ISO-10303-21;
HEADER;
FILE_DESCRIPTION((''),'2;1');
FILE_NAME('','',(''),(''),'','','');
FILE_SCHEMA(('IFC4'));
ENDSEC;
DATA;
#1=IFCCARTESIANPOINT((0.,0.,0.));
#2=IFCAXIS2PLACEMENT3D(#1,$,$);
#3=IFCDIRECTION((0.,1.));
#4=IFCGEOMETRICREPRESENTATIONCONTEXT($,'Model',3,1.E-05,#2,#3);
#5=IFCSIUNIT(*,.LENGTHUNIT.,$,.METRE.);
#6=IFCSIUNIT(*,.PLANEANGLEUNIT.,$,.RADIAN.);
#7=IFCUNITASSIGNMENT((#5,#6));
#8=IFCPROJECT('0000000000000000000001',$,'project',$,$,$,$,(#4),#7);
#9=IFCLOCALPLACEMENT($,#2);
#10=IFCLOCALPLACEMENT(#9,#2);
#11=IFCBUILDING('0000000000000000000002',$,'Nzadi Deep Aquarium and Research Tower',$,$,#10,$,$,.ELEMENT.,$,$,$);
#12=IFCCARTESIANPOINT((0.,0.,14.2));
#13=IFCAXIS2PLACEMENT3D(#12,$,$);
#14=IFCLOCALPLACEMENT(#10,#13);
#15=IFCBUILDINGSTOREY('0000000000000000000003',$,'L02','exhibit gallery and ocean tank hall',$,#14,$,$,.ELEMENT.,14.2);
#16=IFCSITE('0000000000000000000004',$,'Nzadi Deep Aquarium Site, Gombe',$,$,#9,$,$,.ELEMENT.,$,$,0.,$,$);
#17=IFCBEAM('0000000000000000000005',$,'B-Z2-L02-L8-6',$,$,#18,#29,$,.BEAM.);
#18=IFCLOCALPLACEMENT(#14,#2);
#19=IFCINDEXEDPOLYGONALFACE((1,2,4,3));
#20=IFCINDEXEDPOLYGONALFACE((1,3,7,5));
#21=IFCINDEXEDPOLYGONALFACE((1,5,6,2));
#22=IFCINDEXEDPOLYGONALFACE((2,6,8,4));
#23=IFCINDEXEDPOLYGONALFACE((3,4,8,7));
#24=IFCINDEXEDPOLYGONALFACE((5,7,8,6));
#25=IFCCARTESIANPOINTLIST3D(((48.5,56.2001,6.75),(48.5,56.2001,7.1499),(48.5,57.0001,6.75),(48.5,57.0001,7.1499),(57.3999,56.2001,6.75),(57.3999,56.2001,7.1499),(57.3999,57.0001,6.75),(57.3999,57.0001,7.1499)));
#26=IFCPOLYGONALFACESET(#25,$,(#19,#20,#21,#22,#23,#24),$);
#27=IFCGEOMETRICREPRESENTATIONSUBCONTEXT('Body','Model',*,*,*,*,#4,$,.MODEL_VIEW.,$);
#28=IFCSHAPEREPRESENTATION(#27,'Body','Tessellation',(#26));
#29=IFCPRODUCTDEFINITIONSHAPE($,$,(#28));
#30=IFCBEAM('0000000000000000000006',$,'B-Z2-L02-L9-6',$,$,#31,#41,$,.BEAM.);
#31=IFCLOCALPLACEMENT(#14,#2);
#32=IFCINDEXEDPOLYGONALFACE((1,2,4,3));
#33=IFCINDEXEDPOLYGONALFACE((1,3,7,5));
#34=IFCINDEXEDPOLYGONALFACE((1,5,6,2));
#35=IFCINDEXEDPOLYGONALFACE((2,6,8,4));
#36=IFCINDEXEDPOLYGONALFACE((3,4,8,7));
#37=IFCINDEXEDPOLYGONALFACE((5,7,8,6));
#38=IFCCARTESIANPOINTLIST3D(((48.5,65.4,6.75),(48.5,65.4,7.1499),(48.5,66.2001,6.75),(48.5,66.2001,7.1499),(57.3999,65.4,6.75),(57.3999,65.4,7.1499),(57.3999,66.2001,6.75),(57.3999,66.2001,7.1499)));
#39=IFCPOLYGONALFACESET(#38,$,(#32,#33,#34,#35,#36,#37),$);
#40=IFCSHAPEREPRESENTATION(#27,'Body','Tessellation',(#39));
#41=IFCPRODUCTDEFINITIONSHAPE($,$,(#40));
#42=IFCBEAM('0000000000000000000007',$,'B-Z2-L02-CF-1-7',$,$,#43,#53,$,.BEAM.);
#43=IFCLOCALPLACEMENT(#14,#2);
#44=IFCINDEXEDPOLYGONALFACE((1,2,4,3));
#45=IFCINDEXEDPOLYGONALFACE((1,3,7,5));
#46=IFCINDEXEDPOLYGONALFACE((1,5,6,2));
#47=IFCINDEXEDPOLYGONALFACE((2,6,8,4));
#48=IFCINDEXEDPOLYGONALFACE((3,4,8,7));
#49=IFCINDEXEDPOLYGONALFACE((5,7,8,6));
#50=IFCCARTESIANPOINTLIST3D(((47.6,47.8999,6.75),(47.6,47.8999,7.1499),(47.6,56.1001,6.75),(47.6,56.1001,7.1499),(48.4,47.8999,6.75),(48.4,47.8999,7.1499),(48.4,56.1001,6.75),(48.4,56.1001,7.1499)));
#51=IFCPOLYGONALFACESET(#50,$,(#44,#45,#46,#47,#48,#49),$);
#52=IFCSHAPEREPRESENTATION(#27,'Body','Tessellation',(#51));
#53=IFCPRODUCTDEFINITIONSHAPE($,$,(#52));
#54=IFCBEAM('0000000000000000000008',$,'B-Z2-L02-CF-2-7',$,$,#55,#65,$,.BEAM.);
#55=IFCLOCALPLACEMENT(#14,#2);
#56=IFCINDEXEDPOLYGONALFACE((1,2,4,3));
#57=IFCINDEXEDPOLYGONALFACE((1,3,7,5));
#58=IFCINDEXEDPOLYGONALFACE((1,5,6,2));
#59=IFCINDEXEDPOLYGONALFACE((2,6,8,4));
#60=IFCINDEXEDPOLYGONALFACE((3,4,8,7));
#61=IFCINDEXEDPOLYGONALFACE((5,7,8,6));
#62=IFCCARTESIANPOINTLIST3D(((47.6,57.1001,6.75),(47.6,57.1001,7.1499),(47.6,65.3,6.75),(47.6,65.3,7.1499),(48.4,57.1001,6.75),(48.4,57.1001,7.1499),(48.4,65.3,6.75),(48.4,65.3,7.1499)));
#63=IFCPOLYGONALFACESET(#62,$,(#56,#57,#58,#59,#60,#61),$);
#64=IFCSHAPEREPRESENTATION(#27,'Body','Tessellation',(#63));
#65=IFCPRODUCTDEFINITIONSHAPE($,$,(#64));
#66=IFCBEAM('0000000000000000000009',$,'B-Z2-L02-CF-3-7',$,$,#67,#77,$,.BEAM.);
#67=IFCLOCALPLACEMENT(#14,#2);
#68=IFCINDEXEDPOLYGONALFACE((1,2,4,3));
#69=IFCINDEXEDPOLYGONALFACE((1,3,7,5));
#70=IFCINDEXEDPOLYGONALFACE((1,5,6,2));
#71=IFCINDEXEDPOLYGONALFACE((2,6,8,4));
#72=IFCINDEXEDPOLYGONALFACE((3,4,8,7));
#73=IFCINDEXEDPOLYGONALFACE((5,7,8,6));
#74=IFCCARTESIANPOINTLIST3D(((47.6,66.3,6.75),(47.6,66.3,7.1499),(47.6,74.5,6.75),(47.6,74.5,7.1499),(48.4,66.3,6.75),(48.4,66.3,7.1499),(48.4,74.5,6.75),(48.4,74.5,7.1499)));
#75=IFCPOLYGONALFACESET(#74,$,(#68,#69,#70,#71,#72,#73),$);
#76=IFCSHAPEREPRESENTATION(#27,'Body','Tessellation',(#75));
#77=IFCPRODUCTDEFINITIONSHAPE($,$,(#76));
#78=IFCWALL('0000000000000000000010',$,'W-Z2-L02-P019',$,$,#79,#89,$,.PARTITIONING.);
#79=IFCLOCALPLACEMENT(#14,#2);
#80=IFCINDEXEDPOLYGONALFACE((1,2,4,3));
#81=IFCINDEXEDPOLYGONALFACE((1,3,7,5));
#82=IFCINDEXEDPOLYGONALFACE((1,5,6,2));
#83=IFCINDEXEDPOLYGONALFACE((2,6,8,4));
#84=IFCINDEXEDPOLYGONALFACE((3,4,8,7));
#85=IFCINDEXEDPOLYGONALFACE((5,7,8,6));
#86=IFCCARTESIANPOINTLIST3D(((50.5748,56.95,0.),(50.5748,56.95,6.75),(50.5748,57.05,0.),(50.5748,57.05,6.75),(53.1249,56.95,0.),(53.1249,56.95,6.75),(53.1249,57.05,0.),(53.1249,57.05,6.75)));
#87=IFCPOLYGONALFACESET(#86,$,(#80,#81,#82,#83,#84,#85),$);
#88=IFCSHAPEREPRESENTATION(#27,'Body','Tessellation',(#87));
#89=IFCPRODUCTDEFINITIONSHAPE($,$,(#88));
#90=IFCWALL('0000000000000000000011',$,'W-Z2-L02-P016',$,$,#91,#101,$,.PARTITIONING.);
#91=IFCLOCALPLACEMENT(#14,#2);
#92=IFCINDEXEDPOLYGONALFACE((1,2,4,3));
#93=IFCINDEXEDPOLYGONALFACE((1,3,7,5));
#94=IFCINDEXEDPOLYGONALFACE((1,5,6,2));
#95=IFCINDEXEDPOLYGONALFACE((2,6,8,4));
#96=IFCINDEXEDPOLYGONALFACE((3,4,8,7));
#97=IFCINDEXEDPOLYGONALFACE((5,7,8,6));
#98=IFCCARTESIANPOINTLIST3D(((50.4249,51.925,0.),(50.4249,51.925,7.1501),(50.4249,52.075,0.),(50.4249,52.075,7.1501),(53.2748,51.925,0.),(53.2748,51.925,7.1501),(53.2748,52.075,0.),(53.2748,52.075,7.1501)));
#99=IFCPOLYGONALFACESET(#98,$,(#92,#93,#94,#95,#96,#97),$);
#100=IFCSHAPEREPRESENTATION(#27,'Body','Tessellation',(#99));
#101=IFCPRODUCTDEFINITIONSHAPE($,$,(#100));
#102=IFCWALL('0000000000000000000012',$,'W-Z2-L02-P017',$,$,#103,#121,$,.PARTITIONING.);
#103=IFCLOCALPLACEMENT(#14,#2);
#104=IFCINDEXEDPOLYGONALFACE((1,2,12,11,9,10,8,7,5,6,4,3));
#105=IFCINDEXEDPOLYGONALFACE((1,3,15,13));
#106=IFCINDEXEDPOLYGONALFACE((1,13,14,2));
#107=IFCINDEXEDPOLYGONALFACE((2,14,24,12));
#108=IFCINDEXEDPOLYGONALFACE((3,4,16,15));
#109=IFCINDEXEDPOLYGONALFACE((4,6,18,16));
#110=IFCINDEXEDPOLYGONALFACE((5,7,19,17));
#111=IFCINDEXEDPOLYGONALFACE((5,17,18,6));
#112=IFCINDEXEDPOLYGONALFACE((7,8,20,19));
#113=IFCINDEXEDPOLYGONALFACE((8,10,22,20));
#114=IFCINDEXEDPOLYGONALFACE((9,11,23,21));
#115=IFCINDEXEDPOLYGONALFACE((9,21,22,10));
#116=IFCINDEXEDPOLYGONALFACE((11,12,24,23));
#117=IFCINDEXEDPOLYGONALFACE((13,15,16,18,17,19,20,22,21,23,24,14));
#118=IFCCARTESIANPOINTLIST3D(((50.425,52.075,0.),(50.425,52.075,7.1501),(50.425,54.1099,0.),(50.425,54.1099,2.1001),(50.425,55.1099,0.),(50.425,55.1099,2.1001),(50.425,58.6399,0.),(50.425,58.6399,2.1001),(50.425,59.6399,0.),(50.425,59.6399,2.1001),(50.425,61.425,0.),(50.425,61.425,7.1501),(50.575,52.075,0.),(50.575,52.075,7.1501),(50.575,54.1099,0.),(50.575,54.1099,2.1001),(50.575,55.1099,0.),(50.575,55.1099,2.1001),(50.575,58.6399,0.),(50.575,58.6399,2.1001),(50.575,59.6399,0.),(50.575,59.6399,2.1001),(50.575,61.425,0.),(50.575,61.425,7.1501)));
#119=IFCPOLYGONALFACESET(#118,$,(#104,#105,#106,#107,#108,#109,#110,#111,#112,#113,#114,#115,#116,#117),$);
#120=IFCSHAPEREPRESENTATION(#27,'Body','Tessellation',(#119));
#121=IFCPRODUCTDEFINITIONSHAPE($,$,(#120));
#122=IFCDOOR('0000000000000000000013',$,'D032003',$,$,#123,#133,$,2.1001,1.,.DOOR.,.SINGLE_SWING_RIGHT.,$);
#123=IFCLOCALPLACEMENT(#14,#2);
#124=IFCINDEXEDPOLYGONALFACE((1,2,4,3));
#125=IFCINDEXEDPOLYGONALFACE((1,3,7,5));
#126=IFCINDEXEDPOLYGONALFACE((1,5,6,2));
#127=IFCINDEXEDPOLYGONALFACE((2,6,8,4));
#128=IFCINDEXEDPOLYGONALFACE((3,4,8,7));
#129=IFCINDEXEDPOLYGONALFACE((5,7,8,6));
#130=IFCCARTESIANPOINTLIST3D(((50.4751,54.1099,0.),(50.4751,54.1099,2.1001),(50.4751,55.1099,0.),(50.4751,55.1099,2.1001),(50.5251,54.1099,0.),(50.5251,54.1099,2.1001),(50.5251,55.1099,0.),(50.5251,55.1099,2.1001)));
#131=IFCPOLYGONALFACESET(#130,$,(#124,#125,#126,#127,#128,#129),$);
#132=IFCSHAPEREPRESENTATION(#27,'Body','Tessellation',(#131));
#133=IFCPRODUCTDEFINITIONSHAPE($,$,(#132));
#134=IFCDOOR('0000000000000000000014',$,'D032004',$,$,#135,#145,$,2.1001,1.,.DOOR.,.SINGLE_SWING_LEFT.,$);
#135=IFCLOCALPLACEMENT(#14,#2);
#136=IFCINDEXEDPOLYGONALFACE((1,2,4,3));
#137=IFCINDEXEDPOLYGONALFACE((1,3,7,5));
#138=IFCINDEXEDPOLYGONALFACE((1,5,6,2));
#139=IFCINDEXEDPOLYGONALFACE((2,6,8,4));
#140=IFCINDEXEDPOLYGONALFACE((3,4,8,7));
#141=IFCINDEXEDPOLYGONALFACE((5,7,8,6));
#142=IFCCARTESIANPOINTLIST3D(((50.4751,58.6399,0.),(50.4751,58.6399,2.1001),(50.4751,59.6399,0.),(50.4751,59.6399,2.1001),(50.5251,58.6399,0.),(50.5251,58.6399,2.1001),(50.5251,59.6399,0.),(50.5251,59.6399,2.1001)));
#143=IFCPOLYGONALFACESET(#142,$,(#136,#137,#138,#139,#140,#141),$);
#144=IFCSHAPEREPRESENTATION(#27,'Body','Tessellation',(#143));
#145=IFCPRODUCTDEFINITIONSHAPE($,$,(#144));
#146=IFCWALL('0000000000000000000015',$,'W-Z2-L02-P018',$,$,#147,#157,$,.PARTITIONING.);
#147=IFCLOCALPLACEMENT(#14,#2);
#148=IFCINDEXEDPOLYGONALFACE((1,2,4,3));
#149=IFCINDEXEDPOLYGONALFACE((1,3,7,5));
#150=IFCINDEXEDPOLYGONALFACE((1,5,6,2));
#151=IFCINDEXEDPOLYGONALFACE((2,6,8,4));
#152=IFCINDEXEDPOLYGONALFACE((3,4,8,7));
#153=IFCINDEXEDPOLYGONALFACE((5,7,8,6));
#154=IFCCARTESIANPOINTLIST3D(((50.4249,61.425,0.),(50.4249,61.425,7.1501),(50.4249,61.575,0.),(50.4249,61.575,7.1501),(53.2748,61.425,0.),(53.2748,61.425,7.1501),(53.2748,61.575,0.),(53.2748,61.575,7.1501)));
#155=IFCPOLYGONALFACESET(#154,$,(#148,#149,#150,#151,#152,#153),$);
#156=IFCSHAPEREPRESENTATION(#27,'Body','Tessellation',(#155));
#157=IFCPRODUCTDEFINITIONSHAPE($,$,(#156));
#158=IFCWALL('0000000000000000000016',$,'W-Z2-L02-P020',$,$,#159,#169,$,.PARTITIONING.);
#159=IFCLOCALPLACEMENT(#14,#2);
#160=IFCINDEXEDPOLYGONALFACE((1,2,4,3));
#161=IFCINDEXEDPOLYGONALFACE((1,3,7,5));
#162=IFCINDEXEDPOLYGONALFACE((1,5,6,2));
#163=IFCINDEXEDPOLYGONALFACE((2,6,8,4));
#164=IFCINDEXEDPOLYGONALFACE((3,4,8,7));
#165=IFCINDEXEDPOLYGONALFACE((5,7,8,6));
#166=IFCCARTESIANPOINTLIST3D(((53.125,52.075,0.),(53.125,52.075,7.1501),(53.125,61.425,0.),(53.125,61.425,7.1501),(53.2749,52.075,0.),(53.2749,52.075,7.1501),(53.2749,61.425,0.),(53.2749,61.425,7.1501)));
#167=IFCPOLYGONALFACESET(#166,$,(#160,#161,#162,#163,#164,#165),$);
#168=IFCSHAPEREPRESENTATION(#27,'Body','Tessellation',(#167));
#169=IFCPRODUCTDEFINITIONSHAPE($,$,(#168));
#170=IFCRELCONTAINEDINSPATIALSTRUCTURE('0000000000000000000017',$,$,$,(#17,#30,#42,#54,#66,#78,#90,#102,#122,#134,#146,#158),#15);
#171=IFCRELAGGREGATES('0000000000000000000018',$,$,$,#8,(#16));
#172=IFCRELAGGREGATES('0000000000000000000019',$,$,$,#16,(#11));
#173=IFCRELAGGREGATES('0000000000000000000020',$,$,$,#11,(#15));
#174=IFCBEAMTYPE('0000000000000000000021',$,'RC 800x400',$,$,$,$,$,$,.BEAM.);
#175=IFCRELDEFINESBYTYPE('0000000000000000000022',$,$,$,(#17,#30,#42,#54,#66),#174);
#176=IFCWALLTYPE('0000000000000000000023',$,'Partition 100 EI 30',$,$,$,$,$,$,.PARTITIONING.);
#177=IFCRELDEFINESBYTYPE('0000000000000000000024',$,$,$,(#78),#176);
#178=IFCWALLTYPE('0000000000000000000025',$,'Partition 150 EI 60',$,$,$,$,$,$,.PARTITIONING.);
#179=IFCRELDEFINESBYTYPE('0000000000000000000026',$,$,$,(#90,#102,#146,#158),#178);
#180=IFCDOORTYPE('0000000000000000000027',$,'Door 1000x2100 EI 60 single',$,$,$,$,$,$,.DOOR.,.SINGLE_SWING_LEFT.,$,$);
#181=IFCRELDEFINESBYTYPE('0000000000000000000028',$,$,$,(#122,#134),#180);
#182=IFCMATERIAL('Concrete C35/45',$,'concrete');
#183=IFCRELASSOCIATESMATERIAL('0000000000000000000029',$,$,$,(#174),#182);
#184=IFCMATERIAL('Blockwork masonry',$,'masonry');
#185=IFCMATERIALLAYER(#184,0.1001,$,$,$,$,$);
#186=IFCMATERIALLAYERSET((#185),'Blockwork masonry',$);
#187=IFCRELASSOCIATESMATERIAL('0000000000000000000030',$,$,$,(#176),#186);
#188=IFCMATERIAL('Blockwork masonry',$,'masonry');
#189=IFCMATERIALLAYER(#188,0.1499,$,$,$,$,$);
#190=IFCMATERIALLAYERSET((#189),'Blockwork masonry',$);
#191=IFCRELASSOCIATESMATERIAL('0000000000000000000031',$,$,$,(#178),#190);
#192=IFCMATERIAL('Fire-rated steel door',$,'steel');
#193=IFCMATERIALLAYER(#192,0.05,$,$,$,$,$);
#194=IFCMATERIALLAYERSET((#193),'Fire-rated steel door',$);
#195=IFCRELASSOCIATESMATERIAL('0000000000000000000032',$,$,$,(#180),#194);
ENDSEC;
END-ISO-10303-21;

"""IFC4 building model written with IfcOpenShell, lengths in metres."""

from ifc_helpers import new_model, si_unit, direction, frame, frame_2d, origin, origin_2d, place, context, subcontext, project, spatial, rectangle, extrude, material, layer, layer_set, material_profile, profile_set, type_object, element, fill, save


model = new_model("IFC4")

# Units and contexts
model_context = context("Model", 3, precision=1e-05, world=origin(), true_north=direction((0.0, 1.0)))
body_context = subcontext(model_context, "Body", "Model", "MODEL_VIEW")
ifc_project = project(units=[si_unit("LENGTHUNIT", "METRE"), si_unit("PLANEANGLEUNIT", "RADIAN")], contexts=[model_context])

# Site, building, storey
site_placement = place(None, origin())
site = spatial("IfcSite", under=ifc_project, at=site_placement, Name="Nzadi Deep Aquarium Site, Gombe", CompositionType="ELEMENT", RefElevation=0.0)
building_placement = place(site_placement, origin())
building = spatial("IfcBuilding", under=site, at=building_placement, Name="Nzadi Deep Aquarium and Research Tower", CompositionType="ELEMENT")
storey_placement = place(building_placement, frame((0.0, 0.0, 14.2)))
storey = spatial("IfcBuildingStorey", under=building, at=storey_placement, Name="L02", Description="exhibit gallery and ocean tank hall", CompositionType="ELEMENT", Elevation=14.2)

# Beams
ifc_material_1 = material(Name="Concrete C35/45", Category="concrete")
ifc_material_profile_1 = material_profile(ifc_material_1, rectangle(XDim=0.8, YDim=0.3999, at=origin_2d()))
ifc_profile_set_1 = profile_set([ifc_material_profile_1], Name="Concrete C35/45")
beam_type_1 = type_object("IfcBeamType", Name="RC 800x400", PredefinedType="BEAM", material=ifc_profile_set_1)
for number, where, z_axis, x_axis, name in (
    (1, (48.5, 56.6001, 6.95), (1.0, 0.0, 0.0), (0.0, 1.0, 0.0), "B-Z2-L02-L8-6"),
    (2, (48.5, 65.8, 6.95), (1.0, 0.0, 0.0), (0.0, 1.0, 0.0), "B-Z2-L02-L9-6"),
):
    element("IfcBeam", number, at=place(storey_placement, frame(where, z_axis=z_axis, x_axis=x_axis)), inside=storey, type_object=beam_type_1, Name=name, PredefinedType="BEAM", context=body_context, shape_type="SweptSolid", body=[
        extrude(rectangle(XDim=0.8, YDim=0.3999, at=origin_2d()), origin(), (0.0, 0.0, 1.0), 8.8999),
    ])
beam_1_placement = place(storey_placement, frame((48.0, 47.8999, 6.95), z_axis=(0.0, 1.0, 0.0), x_axis=(-1.0, 0.0, 0.0)))
element("IfcBeam", 3, at=beam_1_placement, inside=storey, type_object=beam_type_1, Name="B-Z2-L02-CF-1-7", PredefinedType="BEAM", context=body_context, shape_type="SweptSolid", body=[
    extrude(rectangle(XDim=0.8, YDim=0.3999, at=origin_2d()), origin(), (0.0, 0.0, 1.0), 8.2002),
])
for number, where, z_axis, x_axis, name in (
    (4, (48.0, 57.1001, 6.95), (0.0, 1.0, 0.0), (-1.0, 0.0, 0.0), "B-Z2-L02-CF-2-7"),
    (5, (48.0, 66.3, 6.95), (0.0, 1.0, 0.0), (-1.0, 0.0, 0.0), "B-Z2-L02-CF-3-7"),
):
    element("IfcBeam", number, at=place(storey_placement, frame(where, z_axis=z_axis, x_axis=x_axis)), inside=storey, type_object=beam_type_1, Name=name, PredefinedType="BEAM", context=body_context, shape_type="SweptSolid", body=[
        extrude(rectangle(XDim=0.8, YDim=0.3999, at=origin_2d()), origin(), (0.0, 0.0, 1.0), 8.2),
    ])

# Walls
ifc_material_2 = material(Name="Blockwork masonry", Category="masonry")
ifc_layer_1 = layer(ifc_material_2, 0.1001)
ifc_layer_set_1 = layer_set([ifc_layer_1], Name="Blockwork masonry")
wall_type_1 = type_object("IfcWallType", Name="Partition 100 EI 30", PredefinedType="PARTITIONING", material=ifc_layer_set_1)
wall_1_placement = place(storey_placement, frame((50.575, 57.0, 0.0), z_axis=(0.0, 0.0, 1.0), x_axis=(1.0, 0.0, 0.0)))
element("IfcWall", 6, at=wall_1_placement, inside=storey, type_object=wall_type_1, Name="W-Z2-L02-P019", PredefinedType="PARTITIONING", context=body_context, shape_type="SweptSolid", body=[
    extrude(rectangle(XDim=2.55, YDim=0.1001, at=frame_2d((1.2749, 0.0))), origin(), (0.0, 0.0, 1.0), 6.75),
])
ifc_material_3 = material(Name="Blockwork masonry", Category="masonry")
ifc_layer_2 = layer(ifc_material_3, 0.1499)
ifc_layer_set_2 = layer_set([ifc_layer_2], Name="Blockwork masonry")
wall_type_2 = type_object("IfcWallType", Name="Partition 150 EI 60", PredefinedType="PARTITIONING", material=ifc_layer_set_2)
wall_2_placement = place(storey_placement, frame((50.425, 52.0, 0.0), z_axis=(0.0, 0.0, 1.0), x_axis=(1.0, 0.0, 0.0)))
element("IfcWall", 7, at=wall_2_placement, inside=storey, type_object=wall_type_2, Name="W-Z2-L02-P016", PredefinedType="PARTITIONING", context=body_context, shape_type="SweptSolid", body=[
    extrude(rectangle(XDim=2.8499, YDim=0.1499, at=frame_2d((1.4248, 0.0))), origin(), (0.0, 0.0, 1.0), 7.1501),
])

# Wall, openings, doors
wall_3_placement = place(storey_placement, frame((50.5, 52.075, 0.0), z_axis=(0.0, 0.0, 1.0), x_axis=(0.0, 1.0, 0.0)))
wall_3 = element("IfcWall", 8, at=wall_3_placement, inside=storey, type_object=wall_type_2, Name="W-Z2-L02-P017", PredefinedType="PARTITIONING", context=body_context, shape_type="SweptSolid", body=[
    extrude(rectangle(XDim=9.3501, YDim=0.1499, at=frame_2d((4.675, 0.0))), origin(), (0.0, 0.0, 1.0), 7.1501),
])
opening_1_placement = place(wall_3_placement, frame((2.0349, 0.0, 0.0)))
opening_1 = element("IfcOpeningElement", 9, at=opening_1_placement, cuts=wall_3, PredefinedType="OPENING", context=body_context, shape_type="SweptSolid", body=[
    extrude(rectangle(XDim=1.0, YDim=2.1001, at=frame_2d((0.5, 1.05))), frame((0.0, 0.085, 0.0), z_axis=(0.0, -1.0, 0.0), x_axis=(1.0, 0.0, 0.0)), (0.0, 0.0, 1.0), 0.1699),
])
opening_2_placement = place(wall_3_placement, frame((6.5649, 0.0, 0.0)))
opening_2 = element("IfcOpeningElement", 10, at=opening_2_placement, cuts=wall_3, PredefinedType="OPENING", context=body_context, shape_type="SweptSolid", body=[
    extrude(rectangle(XDim=1.0, YDim=2.1001, at=frame_2d((0.5, 1.05))), frame((0.0, 0.085, 0.0), z_axis=(0.0, -1.0, 0.0), x_axis=(1.0, 0.0, 0.0)), (0.0, 0.0, 1.0), 0.1699),
])
ifc_material_4 = material(Name="Fire-rated steel door", Category="steel")
ifc_layer_3 = layer(ifc_material_4, 0.05)
ifc_layer_set_3 = layer_set([ifc_layer_3], Name="Fire-rated steel door")
door_type_1 = type_object("IfcDoorType", Name="Door 1000x2100 EI 60 single", OperationType="SINGLE_SWING_LEFT", PredefinedType="DOOR", material=ifc_layer_set_3)
door_1_placement = place(opening_1_placement, origin())
door_1 = element("IfcDoor", 11, at=door_1_placement, inside=storey, type_object=door_type_1, Name="D032003", OperationType="SINGLE_SWING_RIGHT", OverallHeight=2.1001, OverallWidth=1.0, PredefinedType="DOOR", context=body_context, shape_type="SweptSolid", body=[
    extrude(rectangle(XDim=1.0, YDim=2.1001, at=frame_2d((0.5, 1.05))), frame((0.0, 0.0249, 0.0), z_axis=(0.0, -1.0, 0.0), x_axis=(1.0, 0.0, 0.0)), (0.0, 0.0, 1.0), 0.05),
])
fill(opening_1, door_1)
door_2_placement = place(opening_2_placement, origin())
door_2 = element("IfcDoor", 12, at=door_2_placement, inside=storey, type_object=door_type_1, Name="D032004", OperationType="SINGLE_SWING_LEFT", OverallHeight=2.1001, OverallWidth=1.0, PredefinedType="DOOR", context=body_context, shape_type="SweptSolid", body=[
    extrude(rectangle(XDim=1.0, YDim=2.1001, at=frame_2d((0.5, 1.05))), frame((0.0, 0.0249, 0.0), z_axis=(0.0, -1.0, 0.0), x_axis=(1.0, 0.0, 0.0)), (0.0, 0.0, 1.0), 0.05),
])
fill(opening_2, door_2)

# Walls
wall_4_placement = place(storey_placement, frame((50.425, 61.5, 0.0), z_axis=(0.0, 0.0, 1.0), x_axis=(1.0, 0.0, 0.0)))
element("IfcWall", 13, at=wall_4_placement, inside=storey, type_object=wall_type_2, Name="W-Z2-L02-P018", PredefinedType="PARTITIONING", context=body_context, shape_type="SweptSolid", body=[
    extrude(rectangle(XDim=2.8499, YDim=0.1499, at=frame_2d((1.4248, 0.0))), origin(), (0.0, 0.0, 1.0), 7.1501),
])
wall_5_placement = place(storey_placement, frame((53.2, 52.075, 0.0), z_axis=(0.0, 0.0, 1.0), x_axis=(0.0, 1.0, 0.0)))
element("IfcWall", 14, at=wall_5_placement, inside=storey, type_object=wall_type_2, Name="W-Z2-L02-P020", PredefinedType="PARTITIONING", context=body_context, shape_type="SweptSolid", body=[
    extrude(rectangle(XDim=9.3501, YDim=0.1499, at=frame_2d((4.675, 0.0))), origin(), (0.0, 0.0, 1.0), 7.1501),
])

save(model, "model.ifc")
